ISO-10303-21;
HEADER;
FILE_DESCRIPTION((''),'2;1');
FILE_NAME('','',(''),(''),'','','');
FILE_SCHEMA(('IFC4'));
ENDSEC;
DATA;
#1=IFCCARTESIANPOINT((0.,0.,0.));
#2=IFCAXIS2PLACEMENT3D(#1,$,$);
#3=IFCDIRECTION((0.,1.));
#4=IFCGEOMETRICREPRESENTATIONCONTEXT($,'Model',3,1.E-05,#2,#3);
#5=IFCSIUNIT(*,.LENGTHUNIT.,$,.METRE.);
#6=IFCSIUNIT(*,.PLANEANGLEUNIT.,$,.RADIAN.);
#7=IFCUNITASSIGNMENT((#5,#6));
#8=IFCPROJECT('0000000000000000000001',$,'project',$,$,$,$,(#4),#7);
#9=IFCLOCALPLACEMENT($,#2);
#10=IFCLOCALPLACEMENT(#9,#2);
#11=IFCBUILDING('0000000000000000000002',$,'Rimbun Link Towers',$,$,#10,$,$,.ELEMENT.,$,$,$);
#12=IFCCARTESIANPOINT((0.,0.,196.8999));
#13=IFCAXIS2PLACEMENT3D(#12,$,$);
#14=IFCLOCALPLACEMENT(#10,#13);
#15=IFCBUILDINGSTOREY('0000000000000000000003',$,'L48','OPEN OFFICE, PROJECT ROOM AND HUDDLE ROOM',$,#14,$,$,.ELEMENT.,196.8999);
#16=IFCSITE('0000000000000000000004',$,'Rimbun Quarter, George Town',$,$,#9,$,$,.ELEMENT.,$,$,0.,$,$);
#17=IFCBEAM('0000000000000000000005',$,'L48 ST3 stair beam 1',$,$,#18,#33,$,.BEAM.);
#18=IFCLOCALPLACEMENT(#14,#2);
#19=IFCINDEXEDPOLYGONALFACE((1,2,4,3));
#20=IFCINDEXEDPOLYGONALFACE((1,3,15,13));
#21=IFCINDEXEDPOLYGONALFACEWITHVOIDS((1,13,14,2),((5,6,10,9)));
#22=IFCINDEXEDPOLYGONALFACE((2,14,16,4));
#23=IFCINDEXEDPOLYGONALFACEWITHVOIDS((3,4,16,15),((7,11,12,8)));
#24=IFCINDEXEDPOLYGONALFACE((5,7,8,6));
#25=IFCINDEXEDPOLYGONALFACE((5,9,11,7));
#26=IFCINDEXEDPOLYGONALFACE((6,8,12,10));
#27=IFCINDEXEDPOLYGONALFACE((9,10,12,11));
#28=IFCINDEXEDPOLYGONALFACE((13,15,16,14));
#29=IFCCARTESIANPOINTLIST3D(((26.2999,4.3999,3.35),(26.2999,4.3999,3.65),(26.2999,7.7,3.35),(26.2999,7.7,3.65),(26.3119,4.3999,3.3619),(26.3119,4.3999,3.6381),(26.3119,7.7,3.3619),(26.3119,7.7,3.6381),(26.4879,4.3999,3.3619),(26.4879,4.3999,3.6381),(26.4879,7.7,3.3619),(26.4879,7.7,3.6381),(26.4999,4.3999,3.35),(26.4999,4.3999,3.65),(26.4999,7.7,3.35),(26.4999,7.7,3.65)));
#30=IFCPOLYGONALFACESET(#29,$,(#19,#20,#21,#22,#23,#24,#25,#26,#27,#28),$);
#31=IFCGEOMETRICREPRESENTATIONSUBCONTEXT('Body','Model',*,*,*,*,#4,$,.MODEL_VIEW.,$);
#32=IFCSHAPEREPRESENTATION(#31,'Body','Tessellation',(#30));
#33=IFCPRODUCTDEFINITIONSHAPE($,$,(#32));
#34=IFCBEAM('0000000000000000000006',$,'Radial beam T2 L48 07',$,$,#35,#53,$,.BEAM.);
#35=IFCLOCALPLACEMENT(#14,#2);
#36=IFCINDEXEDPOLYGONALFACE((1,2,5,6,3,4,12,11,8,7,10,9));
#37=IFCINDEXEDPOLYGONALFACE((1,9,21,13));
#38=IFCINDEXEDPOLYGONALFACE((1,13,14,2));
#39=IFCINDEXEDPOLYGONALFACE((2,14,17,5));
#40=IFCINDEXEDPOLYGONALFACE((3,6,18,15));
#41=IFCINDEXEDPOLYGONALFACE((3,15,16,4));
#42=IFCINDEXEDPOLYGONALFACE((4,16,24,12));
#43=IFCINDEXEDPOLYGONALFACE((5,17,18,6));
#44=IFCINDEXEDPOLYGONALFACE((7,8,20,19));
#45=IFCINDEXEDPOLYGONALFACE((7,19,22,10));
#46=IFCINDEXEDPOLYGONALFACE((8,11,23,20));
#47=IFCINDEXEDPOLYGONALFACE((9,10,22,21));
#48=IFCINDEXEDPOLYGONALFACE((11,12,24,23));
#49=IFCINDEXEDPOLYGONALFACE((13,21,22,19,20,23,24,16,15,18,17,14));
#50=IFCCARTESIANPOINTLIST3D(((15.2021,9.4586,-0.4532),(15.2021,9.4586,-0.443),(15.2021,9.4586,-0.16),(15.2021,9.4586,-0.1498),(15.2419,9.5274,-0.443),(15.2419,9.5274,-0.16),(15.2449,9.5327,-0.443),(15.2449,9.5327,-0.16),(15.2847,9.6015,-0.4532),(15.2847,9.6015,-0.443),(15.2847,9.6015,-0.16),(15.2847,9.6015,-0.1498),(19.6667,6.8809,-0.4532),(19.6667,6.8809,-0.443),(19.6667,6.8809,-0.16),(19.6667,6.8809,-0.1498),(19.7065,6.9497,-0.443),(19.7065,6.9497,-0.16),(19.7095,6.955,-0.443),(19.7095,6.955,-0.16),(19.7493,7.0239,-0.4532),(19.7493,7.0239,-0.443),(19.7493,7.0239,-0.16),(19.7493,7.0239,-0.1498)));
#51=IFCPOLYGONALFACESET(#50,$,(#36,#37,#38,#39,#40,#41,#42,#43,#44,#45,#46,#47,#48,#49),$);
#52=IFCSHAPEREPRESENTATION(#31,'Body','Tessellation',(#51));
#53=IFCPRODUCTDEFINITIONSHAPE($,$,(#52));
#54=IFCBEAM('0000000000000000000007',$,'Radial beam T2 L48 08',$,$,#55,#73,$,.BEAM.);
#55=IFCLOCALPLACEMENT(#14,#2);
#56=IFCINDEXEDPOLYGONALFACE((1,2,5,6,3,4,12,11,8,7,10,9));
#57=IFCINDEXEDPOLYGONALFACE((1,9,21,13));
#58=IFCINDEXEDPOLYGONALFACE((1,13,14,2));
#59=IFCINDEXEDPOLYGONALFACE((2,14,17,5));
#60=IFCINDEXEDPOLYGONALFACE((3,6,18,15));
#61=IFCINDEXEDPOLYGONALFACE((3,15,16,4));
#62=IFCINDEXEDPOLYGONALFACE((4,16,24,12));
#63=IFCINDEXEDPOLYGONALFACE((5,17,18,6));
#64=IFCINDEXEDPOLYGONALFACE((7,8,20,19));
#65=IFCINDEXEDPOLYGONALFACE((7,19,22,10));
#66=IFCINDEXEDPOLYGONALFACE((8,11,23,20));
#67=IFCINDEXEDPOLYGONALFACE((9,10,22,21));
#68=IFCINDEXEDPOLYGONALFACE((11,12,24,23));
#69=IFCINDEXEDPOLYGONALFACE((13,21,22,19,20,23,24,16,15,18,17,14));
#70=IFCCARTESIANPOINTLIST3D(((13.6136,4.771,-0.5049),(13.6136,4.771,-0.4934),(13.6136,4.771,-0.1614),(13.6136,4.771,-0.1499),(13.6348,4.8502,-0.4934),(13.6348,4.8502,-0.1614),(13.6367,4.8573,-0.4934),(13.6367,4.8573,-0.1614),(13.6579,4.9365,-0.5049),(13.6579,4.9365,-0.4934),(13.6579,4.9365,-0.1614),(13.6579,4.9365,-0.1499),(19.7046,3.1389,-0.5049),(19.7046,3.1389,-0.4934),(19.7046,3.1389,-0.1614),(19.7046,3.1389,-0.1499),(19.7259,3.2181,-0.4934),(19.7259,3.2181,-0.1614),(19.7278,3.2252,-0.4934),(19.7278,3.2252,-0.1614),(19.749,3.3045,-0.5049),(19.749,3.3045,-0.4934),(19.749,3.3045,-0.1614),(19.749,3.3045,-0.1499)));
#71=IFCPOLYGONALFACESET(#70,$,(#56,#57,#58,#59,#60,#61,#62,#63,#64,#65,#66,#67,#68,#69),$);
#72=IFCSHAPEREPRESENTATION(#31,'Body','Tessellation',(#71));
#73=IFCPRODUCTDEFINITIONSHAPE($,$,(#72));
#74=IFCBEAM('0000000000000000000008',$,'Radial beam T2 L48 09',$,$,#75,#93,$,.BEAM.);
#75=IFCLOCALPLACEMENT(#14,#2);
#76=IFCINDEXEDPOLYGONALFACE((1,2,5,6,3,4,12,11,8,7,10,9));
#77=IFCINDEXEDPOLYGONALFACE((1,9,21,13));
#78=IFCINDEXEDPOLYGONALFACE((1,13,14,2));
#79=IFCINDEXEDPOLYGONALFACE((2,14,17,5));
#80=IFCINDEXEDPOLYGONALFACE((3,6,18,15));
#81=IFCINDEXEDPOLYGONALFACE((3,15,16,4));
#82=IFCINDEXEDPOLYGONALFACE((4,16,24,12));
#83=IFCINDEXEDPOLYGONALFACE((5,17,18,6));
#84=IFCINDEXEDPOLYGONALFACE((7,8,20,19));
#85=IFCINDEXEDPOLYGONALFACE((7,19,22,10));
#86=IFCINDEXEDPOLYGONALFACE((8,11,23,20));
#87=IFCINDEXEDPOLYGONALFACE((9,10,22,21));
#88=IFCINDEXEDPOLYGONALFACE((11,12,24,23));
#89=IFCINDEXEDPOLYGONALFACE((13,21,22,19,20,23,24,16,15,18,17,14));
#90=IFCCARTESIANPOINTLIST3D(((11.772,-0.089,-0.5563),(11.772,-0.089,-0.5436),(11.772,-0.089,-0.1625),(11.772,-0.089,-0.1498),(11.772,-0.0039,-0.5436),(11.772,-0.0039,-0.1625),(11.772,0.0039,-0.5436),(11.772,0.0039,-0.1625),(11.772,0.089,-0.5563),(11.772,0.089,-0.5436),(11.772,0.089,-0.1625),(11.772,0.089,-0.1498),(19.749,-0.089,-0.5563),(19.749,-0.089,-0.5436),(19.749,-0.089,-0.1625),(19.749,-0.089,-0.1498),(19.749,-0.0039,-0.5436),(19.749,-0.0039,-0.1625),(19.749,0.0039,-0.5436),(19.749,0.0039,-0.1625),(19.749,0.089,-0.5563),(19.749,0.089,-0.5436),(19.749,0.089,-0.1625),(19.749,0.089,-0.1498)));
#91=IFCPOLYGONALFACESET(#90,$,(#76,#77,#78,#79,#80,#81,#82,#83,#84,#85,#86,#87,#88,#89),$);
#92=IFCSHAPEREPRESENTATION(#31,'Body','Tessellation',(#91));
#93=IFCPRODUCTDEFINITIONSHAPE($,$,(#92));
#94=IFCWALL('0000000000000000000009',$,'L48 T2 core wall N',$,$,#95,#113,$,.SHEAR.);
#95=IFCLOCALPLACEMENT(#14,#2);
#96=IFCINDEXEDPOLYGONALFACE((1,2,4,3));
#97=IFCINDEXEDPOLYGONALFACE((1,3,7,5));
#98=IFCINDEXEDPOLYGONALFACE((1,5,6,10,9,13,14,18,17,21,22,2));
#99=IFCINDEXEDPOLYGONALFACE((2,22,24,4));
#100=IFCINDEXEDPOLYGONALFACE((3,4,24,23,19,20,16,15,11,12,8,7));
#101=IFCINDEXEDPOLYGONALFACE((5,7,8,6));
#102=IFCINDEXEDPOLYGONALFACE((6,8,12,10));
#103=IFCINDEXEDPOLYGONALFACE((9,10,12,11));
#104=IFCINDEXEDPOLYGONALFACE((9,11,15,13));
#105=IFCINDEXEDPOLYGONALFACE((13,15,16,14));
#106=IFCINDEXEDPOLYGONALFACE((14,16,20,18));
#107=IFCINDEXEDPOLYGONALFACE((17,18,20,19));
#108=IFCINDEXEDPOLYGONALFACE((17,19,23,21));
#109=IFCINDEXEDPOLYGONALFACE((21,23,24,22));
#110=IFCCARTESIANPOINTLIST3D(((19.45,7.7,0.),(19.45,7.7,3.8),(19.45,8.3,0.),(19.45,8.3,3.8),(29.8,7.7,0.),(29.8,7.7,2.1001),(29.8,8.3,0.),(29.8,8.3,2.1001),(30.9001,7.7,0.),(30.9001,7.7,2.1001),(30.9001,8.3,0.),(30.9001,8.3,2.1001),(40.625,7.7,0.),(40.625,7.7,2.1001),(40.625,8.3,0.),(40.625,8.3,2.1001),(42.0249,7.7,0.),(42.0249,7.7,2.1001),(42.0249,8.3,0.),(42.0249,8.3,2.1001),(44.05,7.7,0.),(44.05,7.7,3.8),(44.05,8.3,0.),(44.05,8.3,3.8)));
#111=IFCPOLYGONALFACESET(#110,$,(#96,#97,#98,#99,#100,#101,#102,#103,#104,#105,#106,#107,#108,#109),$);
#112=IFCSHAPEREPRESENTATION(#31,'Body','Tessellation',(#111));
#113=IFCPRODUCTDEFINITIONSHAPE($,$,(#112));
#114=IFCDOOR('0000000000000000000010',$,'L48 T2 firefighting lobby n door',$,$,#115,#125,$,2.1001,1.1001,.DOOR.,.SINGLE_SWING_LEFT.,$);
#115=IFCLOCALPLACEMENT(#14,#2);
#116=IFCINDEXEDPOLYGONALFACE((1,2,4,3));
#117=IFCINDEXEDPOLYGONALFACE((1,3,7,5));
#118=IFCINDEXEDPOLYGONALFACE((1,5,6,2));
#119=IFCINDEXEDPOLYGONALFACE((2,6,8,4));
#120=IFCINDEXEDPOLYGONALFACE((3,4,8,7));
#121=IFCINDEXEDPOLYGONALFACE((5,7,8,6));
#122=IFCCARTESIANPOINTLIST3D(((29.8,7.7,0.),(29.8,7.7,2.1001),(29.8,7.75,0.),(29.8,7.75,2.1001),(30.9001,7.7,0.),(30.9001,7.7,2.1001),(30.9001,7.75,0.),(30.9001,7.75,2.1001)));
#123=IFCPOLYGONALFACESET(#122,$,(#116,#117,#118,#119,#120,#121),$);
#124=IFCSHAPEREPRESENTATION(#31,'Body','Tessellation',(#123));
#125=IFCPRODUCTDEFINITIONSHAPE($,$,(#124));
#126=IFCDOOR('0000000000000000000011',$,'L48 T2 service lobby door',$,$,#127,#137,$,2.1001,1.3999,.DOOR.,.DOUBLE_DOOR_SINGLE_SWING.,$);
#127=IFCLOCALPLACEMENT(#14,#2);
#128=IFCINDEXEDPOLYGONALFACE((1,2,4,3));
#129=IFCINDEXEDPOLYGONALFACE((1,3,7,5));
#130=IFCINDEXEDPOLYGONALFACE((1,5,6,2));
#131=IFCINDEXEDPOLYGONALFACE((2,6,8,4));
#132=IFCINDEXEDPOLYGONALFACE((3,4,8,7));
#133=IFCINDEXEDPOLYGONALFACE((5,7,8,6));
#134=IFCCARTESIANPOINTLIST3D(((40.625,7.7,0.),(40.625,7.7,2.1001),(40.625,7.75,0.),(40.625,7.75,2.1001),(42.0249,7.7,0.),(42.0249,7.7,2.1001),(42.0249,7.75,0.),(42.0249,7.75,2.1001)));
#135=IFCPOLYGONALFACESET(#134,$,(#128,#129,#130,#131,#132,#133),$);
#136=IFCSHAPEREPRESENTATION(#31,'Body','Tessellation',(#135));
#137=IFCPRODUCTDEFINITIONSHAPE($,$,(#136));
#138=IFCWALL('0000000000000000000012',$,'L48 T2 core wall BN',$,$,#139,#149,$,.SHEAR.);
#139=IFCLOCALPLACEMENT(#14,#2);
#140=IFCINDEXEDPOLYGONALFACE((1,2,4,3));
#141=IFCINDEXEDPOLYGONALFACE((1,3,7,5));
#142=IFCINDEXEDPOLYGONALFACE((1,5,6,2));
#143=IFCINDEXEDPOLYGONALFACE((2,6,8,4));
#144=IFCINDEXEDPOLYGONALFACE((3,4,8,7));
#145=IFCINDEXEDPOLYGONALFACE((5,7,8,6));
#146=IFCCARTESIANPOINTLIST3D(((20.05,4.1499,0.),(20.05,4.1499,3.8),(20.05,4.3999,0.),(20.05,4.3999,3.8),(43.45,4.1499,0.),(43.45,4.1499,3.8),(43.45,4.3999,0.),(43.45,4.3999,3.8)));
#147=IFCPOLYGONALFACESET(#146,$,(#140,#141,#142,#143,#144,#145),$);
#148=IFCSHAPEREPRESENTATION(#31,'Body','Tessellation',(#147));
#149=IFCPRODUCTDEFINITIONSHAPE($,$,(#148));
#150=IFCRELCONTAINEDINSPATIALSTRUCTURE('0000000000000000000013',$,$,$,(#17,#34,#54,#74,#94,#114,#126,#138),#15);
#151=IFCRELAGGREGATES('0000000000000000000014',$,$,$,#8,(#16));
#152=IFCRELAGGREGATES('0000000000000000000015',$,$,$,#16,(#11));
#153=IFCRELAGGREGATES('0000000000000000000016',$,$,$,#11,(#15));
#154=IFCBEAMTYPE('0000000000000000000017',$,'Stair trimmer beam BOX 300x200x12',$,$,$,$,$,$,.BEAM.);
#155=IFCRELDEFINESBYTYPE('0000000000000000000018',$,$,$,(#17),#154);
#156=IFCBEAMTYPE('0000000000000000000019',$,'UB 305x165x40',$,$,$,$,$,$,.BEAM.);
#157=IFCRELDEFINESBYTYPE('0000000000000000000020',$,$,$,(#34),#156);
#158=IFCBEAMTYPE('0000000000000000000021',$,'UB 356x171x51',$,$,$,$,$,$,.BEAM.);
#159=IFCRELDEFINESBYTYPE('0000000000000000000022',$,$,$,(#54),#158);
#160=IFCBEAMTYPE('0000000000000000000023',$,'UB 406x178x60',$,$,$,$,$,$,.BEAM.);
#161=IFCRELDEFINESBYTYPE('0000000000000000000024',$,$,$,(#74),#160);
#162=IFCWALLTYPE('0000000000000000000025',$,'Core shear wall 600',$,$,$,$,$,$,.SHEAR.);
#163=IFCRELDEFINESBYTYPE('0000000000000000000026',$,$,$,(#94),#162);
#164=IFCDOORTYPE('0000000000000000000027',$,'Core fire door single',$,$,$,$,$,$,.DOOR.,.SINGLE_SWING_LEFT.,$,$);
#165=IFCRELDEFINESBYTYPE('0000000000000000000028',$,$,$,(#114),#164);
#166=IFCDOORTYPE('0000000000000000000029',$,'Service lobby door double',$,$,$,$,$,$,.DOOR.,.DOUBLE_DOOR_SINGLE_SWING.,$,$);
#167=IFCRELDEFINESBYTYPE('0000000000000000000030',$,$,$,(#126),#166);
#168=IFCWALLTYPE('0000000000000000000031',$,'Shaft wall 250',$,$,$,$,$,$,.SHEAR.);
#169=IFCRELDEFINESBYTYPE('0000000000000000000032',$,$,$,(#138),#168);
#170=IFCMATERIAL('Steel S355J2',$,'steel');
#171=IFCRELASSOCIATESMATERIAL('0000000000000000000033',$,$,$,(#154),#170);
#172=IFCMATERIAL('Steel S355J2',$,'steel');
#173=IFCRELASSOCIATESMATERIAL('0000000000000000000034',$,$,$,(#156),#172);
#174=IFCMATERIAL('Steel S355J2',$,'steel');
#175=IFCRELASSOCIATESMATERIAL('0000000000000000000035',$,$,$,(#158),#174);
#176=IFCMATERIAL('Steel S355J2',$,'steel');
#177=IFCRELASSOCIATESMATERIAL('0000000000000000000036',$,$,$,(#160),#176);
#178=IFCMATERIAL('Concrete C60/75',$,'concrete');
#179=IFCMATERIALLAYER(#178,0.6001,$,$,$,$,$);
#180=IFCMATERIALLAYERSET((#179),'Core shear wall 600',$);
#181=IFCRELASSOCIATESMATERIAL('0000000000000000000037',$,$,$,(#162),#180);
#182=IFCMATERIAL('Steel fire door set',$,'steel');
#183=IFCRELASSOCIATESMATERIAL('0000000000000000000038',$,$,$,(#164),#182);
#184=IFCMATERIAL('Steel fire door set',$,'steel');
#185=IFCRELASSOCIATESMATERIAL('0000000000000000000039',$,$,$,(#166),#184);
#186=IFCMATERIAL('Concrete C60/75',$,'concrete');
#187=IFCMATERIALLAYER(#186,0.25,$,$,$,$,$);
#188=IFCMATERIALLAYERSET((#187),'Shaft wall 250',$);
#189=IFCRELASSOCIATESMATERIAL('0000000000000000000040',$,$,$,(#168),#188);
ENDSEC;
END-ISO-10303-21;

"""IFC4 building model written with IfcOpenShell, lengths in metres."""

from ifc_helpers import new_model, si_unit, direction, frame, frame_2d, origin, origin_2d, place, context, subcontext, project, spatial, rectangle, hollow_rectangle, i_section, extrude, material, layer, layer_set, material_profile, profile_set, type_object, element, fill, save


model = new_model("IFC4")

# Units and contexts
model_context = context("Model", 3, precision=1e-05, world=origin(), true_north=direction((0.0, 1.0)))
body_context = subcontext(model_context, "Body", "Model", "MODEL_VIEW")
ifc_project = project(units=[si_unit("LENGTHUNIT", "METRE"), si_unit("PLANEANGLEUNIT", "RADIAN")], contexts=[model_context])

# Site, building, storey
site_placement = place(None, origin())
site = spatial("IfcSite", under=ifc_project, at=site_placement, Name="Rimbun Quarter, George Town", CompositionType="ELEMENT", RefElevation=0.0)
building_placement = place(site_placement, origin())
building = spatial("IfcBuilding", under=site, at=building_placement, Name="Rimbun Link Towers", CompositionType="ELEMENT")
storey_placement = place(building_placement, frame((0.0, 0.0, 196.8999)))
storey = spatial("IfcBuildingStorey", under=building, at=storey_placement, Name="L48", Description="OPEN OFFICE, PROJECT ROOM AND HUDDLE ROOM", CompositionType="ELEMENT", Elevation=196.8999)

# Beams
ifc_material_1 = material(Name="Steel S355J2", Category="steel")
ifc_material_profile_1 = material_profile(ifc_material_1, hollow_rectangle(XDim=0.2, YDim=0.3, WallThickness=0.012, at=origin_2d()), Name="BOX 300x200x12")
ifc_profile_set_1 = profile_set([ifc_material_profile_1], Name="Steel S355J2")
beam_type_1 = type_object("IfcBeamType", Name="Stair trimmer beam BOX 300x200x12", PredefinedType="BEAM", material=ifc_profile_set_1)
beam_1_placement = place(storey_placement, frame((26.3999, 7.7, 3.5), z_axis=(0.0, -1.0, 0.0), x_axis=(1.0, 0.0, 0.0)))
element("IfcBeam", 1, at=beam_1_placement, inside=storey, type_object=beam_type_1, Name="L48 ST3 stair beam 1", PredefinedType="BEAM", context=body_context, shape_type="SweptSolid", body=[
    extrude(hollow_rectangle(XDim=0.2, YDim=0.3, WallThickness=0.012, at=origin_2d()), origin(), (0.0, 0.0, 1.0), 3.3),
])
ifc_material_2 = material(Name="Steel S355J2", Category="steel")
ifc_material_profile_2 = material_profile(ifc_material_2, i_section(OverallWidth=0.165, OverallDepth=0.3035, WebThickness=0.0061, FlangeThickness=0.0103, at=origin_2d()), Name="UB 305x165x40")
ifc_profile_set_2 = profile_set([ifc_material_profile_2], Name="Steel S355J2")
beam_type_2 = type_object("IfcBeamType", Name="UB 305x165x40", PredefinedType="BEAM", material=ifc_profile_set_2)
beam_2_placement = place(storey_placement, frame((19.708, 6.9524, -0.3015), z_axis=(-0.866025, 0.5, 0.0), x_axis=(-0.5, -0.866025, 0.0)))
element("IfcBeam", 2, at=beam_2_placement, inside=storey, type_object=beam_type_2, Name="Radial beam T2 L48 07", PredefinedType="BEAM", context=body_context, shape_type="SweptSolid", body=[
    extrude(i_section(OverallWidth=0.165, OverallDepth=0.3035, WebThickness=0.0061, FlangeThickness=0.0103, at=origin_2d()), origin(), (0.0, 0.0, 1.0), 5.1553),
])
ifc_material_3 = material(Name="Steel S355J2", Category="steel")
ifc_material_profile_3 = material_profile(ifc_material_3, i_section(OverallWidth=0.1714, OverallDepth=0.355, WebThickness=0.0073, FlangeThickness=0.0115, at=origin_2d()), Name="UB 356x171x51")
ifc_profile_set_3 = profile_set([ifc_material_profile_3], Name="Steel S355J2")
beam_type_3 = type_object("IfcBeamType", Name="UB 356x171x51", PredefinedType="BEAM", material=ifc_profile_set_3)
beam_3_placement = place(storey_placement, frame((19.7268, 3.2217, -0.3274), z_axis=(-0.965926, 0.258817, 0.0), x_axis=(-0.258817, -0.965926, 0.0)))
element("IfcBeam", 3, at=beam_3_placement, inside=storey, type_object=beam_type_3, Name="Radial beam T2 L48 08", PredefinedType="BEAM", context=body_context, shape_type="SweptSolid", body=[
    extrude(i_section(OverallWidth=0.1714, OverallDepth=0.355, WebThickness=0.0073, FlangeThickness=0.0115, at=origin_2d()), origin(), (0.0, 0.0, 1.0), 6.3059),
])
ifc_material_4 = material(Name="Steel S355J2", Category="steel")
ifc_material_profile_4 = material_profile(ifc_material_4, i_section(OverallWidth=0.178, OverallDepth=0.4065, WebThickness=0.0078, FlangeThickness=0.0127, at=origin_2d()), Name="UB 406x178x60")
ifc_profile_set_4 = profile_set([ifc_material_profile_4], Name="Steel S355J2")
beam_type_4 = type_object("IfcBeamType", Name="UB 406x178x60", PredefinedType="BEAM", material=ifc_profile_set_4)
beam_4_placement = place(storey_placement, frame((19.749, 0.0, -0.353), z_axis=(-1.0, 0.0, 0.0), x_axis=(0.0, -1.0, 0.0)))
element("IfcBeam", 4, at=beam_4_placement, inside=storey, type_object=beam_type_4, Name="Radial beam T2 L48 09", PredefinedType="BEAM", context=body_context, shape_type="SweptSolid", body=[
    extrude(i_section(OverallWidth=0.178, OverallDepth=0.4065, WebThickness=0.0078, FlangeThickness=0.0127, at=origin_2d()), origin(), (0.0, 0.0, 1.0), 7.9771),
])

# Wall, openings, doors
ifc_material_5 = material(Name="Concrete C60/75", Category="concrete")
ifc_layer_1 = layer(ifc_material_5, 0.6001)
ifc_layer_set_1 = layer_set([ifc_layer_1], Name="Core shear wall 600")
wall_type_1 = type_object("IfcWallType", Name="Core shear wall 600", PredefinedType="SHEAR", material=ifc_layer_set_1)
wall_1_placement = place(storey_placement, frame((19.45, 8.0, 0.0), z_axis=(0.0, 0.0, 1.0), x_axis=(1.0, 0.0, 0.0)))
wall_1 = element("IfcWall", 5, at=wall_1_placement, inside=storey, type_object=wall_type_1, Name="L48 T2 core wall N", PredefinedType="SHEAR", context=body_context, shape_type="SweptSolid", body=[
    extrude(rectangle(XDim=24.6001, YDim=0.6001, at=frame_2d((12.3, 0.0))), origin(), (0.0, 0.0, 1.0), 3.8),
])
opening_1_placement = place(wall_1_placement, frame((10.3501, 0.0, 0.0)))
opening_1 = element("IfcOpeningElement", 6, at=opening_1_placement, cuts=wall_1, PredefinedType="OPENING", context=body_context, shape_type="SweptSolid", body=[
    extrude(rectangle(XDim=1.1001, YDim=2.1001, at=frame_2d((0.55, 1.05))), frame((0.0, 0.3101, 0.0), z_axis=(0.0, -1.0, 0.0), x_axis=(1.0, 0.0, 0.0)), (0.0, 0.0, 1.0), 0.6201),
])
opening_2_placement = place(wall_1_placement, frame((21.175, 0.0, 0.0)))
opening_2 = element("IfcOpeningElement", 7, at=opening_2_placement, cuts=wall_1, PredefinedType="OPENING", context=body_context, shape_type="SweptSolid", body=[
    extrude(rectangle(XDim=1.3999, YDim=2.1001, at=frame_2d((0.7, 1.05))), frame((0.0, 0.3101, 0.0), z_axis=(0.0, -1.0, 0.0), x_axis=(1.0, 0.0, 0.0)), (0.0, 0.0, 1.0), 0.6201),
])
ifc_material_6 = material(Name="Steel fire door set", Category="steel")
door_type_1 = type_object("IfcDoorType", Name="Core fire door single", OperationType="SINGLE_SWING_LEFT", PredefinedType="DOOR", material=ifc_material_6)
door_1_placement = place(opening_1_placement, origin())
door_1 = element("IfcDoor", 8, at=door_1_placement, inside=storey, type_object=door_type_1, Name="L48 T2 firefighting lobby n door", OperationType="SINGLE_SWING_LEFT", OverallHeight=2.1001, OverallWidth=1.1001, PredefinedType="DOOR", context=body_context, shape_type="SweptSolid", body=[
    extrude(rectangle(XDim=1.1001, YDim=2.1001, at=frame_2d((0.55, 1.05))), frame((0.0, -0.25, 0.0), z_axis=(0.0, -1.0, 0.0), x_axis=(1.0, 0.0, 0.0)), (0.0, 0.0, 1.0), 0.05),
])
fill(opening_1, door_1)
ifc_material_7 = material(Name="Steel fire door set", Category="steel")
door_type_2 = type_object("IfcDoorType", Name="Service lobby door double", OperationType="DOUBLE_DOOR_SINGLE_SWING", PredefinedType="DOOR", material=ifc_material_7)
door_2_placement = place(opening_2_placement, origin())
door_2 = element("IfcDoor", 9, at=door_2_placement, inside=storey, type_object=door_type_2, Name="L48 T2 service lobby door", OperationType="DOUBLE_DOOR_SINGLE_SWING", OverallHeight=2.1001, OverallWidth=1.3999, PredefinedType="DOOR", context=body_context, shape_type="SweptSolid", body=[
    extrude(rectangle(XDim=1.3999, YDim=2.1001, at=frame_2d((0.7, 1.05))), frame((0.0, -0.25, 0.0), z_axis=(0.0, -1.0, 0.0), x_axis=(1.0, 0.0, 0.0)), (0.0, 0.0, 1.0), 0.05),
])
fill(opening_2, door_2)

# Wall
ifc_material_8 = material(Name="Concrete C60/75", Category="concrete")
ifc_layer_2 = layer(ifc_material_8, 0.25)
ifc_layer_set_2 = layer_set([ifc_layer_2], Name="Shaft wall 250")
wall_type_2 = type_object("IfcWallType", Name="Shaft wall 250", PredefinedType="SHEAR", material=ifc_layer_set_2)
wall_2_placement = place(storey_placement, frame((20.05, 4.2749, 0.0), z_axis=(0.0, 0.0, 1.0), x_axis=(1.0, 0.0, 0.0)))
element("IfcWall", 10, at=wall_2_placement, inside=storey, type_object=wall_type_2, Name="L48 T2 core wall BN", PredefinedType="SHEAR", context=body_context, shape_type="SweptSolid", body=[
    extrude(rectangle(XDim=23.3999, YDim=0.25, at=frame_2d((11.7, 0.0))), origin(), (0.0, 0.0, 1.0), 3.8),
])

save(model, "model.ifc")
